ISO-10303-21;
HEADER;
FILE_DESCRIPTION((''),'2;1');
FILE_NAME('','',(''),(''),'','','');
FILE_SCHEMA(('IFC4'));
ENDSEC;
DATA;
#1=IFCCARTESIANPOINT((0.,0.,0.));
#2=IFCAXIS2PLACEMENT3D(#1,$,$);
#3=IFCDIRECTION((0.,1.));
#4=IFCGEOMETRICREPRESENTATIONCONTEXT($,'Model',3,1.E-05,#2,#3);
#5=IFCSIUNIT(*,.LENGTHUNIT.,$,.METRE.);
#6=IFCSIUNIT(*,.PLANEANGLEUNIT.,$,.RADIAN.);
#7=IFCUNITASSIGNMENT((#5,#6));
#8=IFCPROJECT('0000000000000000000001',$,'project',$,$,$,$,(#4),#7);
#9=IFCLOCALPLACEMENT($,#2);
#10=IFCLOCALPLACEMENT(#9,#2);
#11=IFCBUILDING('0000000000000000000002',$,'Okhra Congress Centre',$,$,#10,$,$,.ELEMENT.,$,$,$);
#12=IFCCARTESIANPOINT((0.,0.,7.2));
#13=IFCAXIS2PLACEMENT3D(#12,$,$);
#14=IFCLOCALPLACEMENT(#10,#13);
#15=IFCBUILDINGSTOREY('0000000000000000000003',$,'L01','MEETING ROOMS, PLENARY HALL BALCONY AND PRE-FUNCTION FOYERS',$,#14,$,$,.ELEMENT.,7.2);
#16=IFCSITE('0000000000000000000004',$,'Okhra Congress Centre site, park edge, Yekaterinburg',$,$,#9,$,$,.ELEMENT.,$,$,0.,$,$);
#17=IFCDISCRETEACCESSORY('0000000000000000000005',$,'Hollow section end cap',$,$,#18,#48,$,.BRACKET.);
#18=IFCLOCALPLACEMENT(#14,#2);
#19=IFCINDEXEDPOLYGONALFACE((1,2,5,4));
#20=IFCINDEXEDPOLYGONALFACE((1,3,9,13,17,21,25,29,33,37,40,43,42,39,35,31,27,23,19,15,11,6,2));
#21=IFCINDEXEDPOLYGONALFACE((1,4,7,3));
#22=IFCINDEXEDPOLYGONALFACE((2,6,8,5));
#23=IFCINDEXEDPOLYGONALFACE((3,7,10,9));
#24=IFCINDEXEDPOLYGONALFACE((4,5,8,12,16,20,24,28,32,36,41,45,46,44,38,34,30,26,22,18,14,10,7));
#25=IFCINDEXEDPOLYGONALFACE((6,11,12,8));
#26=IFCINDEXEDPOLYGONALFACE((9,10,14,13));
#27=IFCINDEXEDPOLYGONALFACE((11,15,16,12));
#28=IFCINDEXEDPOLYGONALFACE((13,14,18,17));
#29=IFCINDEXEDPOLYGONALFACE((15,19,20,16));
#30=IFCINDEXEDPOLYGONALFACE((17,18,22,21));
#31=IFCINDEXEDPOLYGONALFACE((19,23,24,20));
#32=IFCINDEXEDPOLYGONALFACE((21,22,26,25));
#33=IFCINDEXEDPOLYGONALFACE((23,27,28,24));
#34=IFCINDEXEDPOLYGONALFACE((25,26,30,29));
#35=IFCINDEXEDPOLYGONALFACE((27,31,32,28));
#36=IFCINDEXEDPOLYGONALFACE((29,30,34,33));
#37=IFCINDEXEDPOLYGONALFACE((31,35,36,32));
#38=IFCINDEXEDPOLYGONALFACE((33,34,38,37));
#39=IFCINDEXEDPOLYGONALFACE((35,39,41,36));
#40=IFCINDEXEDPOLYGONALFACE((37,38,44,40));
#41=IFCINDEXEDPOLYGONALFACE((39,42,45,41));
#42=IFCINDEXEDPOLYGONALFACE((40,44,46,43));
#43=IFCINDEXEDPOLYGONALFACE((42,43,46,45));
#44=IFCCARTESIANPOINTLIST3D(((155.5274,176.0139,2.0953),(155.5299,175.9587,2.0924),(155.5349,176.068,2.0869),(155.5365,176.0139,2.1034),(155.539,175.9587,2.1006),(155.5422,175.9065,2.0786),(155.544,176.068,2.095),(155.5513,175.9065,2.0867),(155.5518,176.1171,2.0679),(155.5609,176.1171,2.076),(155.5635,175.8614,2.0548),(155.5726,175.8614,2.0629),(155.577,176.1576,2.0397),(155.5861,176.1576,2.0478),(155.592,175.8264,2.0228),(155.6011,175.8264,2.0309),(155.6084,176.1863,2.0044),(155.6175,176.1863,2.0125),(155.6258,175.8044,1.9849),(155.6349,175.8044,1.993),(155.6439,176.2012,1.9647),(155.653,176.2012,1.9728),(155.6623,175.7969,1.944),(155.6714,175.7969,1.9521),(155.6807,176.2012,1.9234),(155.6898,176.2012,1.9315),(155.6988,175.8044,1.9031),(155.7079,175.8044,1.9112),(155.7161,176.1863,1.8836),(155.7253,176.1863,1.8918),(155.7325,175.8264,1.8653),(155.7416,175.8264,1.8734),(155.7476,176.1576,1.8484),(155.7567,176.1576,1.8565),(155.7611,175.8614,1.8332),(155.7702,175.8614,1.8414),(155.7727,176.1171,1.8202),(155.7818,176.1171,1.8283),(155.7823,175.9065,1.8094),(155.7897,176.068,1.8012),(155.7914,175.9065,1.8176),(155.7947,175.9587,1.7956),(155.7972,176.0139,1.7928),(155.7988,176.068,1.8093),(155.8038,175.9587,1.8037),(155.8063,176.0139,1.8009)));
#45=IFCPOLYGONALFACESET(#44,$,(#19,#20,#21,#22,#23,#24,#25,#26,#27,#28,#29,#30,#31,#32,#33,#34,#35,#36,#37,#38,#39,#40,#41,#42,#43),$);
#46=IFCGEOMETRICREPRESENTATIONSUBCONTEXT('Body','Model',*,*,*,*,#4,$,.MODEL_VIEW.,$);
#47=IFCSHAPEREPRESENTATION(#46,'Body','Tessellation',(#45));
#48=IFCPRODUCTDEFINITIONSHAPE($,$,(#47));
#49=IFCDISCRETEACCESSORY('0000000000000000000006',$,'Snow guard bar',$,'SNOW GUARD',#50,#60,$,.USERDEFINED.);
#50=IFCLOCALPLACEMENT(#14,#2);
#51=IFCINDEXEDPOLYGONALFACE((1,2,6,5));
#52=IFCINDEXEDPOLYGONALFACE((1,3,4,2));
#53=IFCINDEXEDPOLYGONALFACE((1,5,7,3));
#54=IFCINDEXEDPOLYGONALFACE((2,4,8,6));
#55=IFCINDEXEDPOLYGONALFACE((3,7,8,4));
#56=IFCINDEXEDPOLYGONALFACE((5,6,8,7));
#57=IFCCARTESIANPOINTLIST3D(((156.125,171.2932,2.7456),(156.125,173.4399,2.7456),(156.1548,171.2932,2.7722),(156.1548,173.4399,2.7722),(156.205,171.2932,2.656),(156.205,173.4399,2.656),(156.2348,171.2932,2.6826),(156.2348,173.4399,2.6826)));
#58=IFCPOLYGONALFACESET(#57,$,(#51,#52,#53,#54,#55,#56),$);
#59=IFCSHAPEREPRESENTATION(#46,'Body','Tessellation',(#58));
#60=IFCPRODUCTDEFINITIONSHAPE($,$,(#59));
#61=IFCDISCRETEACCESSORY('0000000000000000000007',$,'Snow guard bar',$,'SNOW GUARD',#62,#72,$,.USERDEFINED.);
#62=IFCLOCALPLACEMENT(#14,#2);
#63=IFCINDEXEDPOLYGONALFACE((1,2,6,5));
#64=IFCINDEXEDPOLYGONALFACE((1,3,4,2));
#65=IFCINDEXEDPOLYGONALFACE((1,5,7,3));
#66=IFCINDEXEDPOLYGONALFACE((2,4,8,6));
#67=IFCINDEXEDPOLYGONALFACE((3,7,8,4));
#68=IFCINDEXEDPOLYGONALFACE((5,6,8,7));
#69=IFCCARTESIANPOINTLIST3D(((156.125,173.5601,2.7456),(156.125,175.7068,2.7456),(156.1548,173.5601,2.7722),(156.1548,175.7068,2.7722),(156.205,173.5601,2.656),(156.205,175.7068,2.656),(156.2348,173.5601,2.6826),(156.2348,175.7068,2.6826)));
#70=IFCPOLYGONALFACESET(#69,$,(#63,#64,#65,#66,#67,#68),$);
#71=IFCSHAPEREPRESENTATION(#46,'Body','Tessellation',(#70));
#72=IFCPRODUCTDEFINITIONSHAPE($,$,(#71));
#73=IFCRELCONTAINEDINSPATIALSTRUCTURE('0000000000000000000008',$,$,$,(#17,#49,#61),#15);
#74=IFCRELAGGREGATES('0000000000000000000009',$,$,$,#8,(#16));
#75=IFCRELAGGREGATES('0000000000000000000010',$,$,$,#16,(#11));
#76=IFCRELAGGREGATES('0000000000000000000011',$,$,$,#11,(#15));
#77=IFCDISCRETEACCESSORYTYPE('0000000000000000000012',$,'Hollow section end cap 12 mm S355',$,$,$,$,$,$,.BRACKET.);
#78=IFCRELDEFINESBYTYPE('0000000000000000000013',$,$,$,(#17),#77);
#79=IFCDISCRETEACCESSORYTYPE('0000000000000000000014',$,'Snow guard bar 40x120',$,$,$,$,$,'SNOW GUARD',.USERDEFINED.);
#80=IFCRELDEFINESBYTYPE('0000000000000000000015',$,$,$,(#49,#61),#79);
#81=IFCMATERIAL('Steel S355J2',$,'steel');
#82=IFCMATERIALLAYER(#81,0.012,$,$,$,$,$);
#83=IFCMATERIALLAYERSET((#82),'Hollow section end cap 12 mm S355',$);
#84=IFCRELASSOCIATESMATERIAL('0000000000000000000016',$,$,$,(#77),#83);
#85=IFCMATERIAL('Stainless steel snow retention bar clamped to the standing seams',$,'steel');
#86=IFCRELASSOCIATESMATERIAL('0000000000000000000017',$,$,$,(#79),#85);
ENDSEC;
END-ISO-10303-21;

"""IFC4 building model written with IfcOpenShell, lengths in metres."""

from ifc_helpers import new_model, si_unit, direction, frame, origin, origin_2d, place, context, subcontext, project, spatial, polyline, circle, outline, extrude, material, layer, layer_set, type_object, element, save


model = new_model("IFC4")

# Units and contexts
model_context = context("Model", 3, precision=1e-05, world=origin(), true_north=direction((0.0, 1.0)))
body_context = subcontext(model_context, "Body", "Model", "MODEL_VIEW")
ifc_project = project(units=[si_unit("LENGTHUNIT", "METRE"), si_unit("PLANEANGLEUNIT", "RADIAN")], contexts=[model_context])

# Site, building, storey
site_placement = place(None, origin())
site = spatial("IfcSite", under=ifc_project, at=site_placement, Name="Okhra Congress Centre site, park edge, Yekaterinburg", CompositionType="ELEMENT", RefElevation=0.0)
building_placement = place(site_placement, origin())
building = spatial("IfcBuilding", under=site, at=building_placement, Name="Okhra Congress Centre", CompositionType="ELEMENT")
storey_placement = place(building_placement, frame((0.0, 0.0, 7.2)))
storey = spatial("IfcBuildingStorey", under=building, at=storey_placement, Name="L01", Description="MEETING ROOMS, PLENARY HALL BALCONY AND PRE-FUNCTION FOYERS", CompositionType="ELEMENT", Elevation=7.2)

# Shared definitions
ifc_material_1 = material(Name="Steel S355J2", Category="steel")

# Discrete accessories
ifc_layer_1 = layer(ifc_material_1, 0.012)
ifc_layer_set_1 = layer_set([ifc_layer_1], Name="Hollow section end cap 12 mm S355")
discrete_accessory_type_1 = type_object("IfcDiscreteAccessoryType", Name="Hollow section end cap 12 mm S355", PredefinedType="BRACKET", material=ifc_layer_set_1)
for number, where, z_axis, x_axis, name in (
    (1, (155.6714, 176.0, 1.9521), (-0.746295, 0.0, -0.665615), (0.0, -1.0, 0.0), "Hollow section end cap"),
):
    element("IfcDiscreteAccessory", number, at=place(storey_placement, frame(where, z_axis=z_axis, x_axis=x_axis)), inside=storey, type_object=discrete_accessory_type_1, Name=name, PredefinedType="BRACKET", context=body_context, shape_type="SweptSolid", body=[
        extrude(circle(Radius=0.2031, at=origin_2d()), origin(), (0.0, 0.0, 1.0), 0.0122),
    ])
ifc_material_2 = material(Name="Stainless steel snow retention bar clamped to the standing seams", Category="steel")
discrete_accessory_type_2 = type_object("IfcDiscreteAccessoryType", Name="Snow guard bar 40x120", ElementType="SNOW GUARD", PredefinedType="USERDEFINED", material=ifc_material_2)
for number, where, z_axis, x_axis, name in (
    (2, (156.125, 171.2932, 2.7456), (-0.666259, 0.0, 0.745721), (0.745721, 0.0, 0.666259), "Snow guard bar"),
    (3, (156.125, 173.5601, 2.7456), (-0.666259, 0.0, 0.745721), (0.745721, 0.0, 0.666259), "Snow guard bar"),
):
    element("IfcDiscreteAccessory", number, at=place(storey_placement, frame(where, z_axis=z_axis, x_axis=x_axis)), inside=storey, type_object=discrete_accessory_type_2, Name=name, ObjectType="SNOW GUARD", PredefinedType="USERDEFINED", context=body_context, shape_type="SweptSolid", body=[
        extrude(outline(polyline([(0.0, 0.0), (0.0399, 0.0), (0.0399, 2.1467), (0.0, 2.1467), (0.0, 0.0)])), origin(), (0.0, 0.0, -1.0), 0.1201),
    ])

save(model, "model.ifc")
